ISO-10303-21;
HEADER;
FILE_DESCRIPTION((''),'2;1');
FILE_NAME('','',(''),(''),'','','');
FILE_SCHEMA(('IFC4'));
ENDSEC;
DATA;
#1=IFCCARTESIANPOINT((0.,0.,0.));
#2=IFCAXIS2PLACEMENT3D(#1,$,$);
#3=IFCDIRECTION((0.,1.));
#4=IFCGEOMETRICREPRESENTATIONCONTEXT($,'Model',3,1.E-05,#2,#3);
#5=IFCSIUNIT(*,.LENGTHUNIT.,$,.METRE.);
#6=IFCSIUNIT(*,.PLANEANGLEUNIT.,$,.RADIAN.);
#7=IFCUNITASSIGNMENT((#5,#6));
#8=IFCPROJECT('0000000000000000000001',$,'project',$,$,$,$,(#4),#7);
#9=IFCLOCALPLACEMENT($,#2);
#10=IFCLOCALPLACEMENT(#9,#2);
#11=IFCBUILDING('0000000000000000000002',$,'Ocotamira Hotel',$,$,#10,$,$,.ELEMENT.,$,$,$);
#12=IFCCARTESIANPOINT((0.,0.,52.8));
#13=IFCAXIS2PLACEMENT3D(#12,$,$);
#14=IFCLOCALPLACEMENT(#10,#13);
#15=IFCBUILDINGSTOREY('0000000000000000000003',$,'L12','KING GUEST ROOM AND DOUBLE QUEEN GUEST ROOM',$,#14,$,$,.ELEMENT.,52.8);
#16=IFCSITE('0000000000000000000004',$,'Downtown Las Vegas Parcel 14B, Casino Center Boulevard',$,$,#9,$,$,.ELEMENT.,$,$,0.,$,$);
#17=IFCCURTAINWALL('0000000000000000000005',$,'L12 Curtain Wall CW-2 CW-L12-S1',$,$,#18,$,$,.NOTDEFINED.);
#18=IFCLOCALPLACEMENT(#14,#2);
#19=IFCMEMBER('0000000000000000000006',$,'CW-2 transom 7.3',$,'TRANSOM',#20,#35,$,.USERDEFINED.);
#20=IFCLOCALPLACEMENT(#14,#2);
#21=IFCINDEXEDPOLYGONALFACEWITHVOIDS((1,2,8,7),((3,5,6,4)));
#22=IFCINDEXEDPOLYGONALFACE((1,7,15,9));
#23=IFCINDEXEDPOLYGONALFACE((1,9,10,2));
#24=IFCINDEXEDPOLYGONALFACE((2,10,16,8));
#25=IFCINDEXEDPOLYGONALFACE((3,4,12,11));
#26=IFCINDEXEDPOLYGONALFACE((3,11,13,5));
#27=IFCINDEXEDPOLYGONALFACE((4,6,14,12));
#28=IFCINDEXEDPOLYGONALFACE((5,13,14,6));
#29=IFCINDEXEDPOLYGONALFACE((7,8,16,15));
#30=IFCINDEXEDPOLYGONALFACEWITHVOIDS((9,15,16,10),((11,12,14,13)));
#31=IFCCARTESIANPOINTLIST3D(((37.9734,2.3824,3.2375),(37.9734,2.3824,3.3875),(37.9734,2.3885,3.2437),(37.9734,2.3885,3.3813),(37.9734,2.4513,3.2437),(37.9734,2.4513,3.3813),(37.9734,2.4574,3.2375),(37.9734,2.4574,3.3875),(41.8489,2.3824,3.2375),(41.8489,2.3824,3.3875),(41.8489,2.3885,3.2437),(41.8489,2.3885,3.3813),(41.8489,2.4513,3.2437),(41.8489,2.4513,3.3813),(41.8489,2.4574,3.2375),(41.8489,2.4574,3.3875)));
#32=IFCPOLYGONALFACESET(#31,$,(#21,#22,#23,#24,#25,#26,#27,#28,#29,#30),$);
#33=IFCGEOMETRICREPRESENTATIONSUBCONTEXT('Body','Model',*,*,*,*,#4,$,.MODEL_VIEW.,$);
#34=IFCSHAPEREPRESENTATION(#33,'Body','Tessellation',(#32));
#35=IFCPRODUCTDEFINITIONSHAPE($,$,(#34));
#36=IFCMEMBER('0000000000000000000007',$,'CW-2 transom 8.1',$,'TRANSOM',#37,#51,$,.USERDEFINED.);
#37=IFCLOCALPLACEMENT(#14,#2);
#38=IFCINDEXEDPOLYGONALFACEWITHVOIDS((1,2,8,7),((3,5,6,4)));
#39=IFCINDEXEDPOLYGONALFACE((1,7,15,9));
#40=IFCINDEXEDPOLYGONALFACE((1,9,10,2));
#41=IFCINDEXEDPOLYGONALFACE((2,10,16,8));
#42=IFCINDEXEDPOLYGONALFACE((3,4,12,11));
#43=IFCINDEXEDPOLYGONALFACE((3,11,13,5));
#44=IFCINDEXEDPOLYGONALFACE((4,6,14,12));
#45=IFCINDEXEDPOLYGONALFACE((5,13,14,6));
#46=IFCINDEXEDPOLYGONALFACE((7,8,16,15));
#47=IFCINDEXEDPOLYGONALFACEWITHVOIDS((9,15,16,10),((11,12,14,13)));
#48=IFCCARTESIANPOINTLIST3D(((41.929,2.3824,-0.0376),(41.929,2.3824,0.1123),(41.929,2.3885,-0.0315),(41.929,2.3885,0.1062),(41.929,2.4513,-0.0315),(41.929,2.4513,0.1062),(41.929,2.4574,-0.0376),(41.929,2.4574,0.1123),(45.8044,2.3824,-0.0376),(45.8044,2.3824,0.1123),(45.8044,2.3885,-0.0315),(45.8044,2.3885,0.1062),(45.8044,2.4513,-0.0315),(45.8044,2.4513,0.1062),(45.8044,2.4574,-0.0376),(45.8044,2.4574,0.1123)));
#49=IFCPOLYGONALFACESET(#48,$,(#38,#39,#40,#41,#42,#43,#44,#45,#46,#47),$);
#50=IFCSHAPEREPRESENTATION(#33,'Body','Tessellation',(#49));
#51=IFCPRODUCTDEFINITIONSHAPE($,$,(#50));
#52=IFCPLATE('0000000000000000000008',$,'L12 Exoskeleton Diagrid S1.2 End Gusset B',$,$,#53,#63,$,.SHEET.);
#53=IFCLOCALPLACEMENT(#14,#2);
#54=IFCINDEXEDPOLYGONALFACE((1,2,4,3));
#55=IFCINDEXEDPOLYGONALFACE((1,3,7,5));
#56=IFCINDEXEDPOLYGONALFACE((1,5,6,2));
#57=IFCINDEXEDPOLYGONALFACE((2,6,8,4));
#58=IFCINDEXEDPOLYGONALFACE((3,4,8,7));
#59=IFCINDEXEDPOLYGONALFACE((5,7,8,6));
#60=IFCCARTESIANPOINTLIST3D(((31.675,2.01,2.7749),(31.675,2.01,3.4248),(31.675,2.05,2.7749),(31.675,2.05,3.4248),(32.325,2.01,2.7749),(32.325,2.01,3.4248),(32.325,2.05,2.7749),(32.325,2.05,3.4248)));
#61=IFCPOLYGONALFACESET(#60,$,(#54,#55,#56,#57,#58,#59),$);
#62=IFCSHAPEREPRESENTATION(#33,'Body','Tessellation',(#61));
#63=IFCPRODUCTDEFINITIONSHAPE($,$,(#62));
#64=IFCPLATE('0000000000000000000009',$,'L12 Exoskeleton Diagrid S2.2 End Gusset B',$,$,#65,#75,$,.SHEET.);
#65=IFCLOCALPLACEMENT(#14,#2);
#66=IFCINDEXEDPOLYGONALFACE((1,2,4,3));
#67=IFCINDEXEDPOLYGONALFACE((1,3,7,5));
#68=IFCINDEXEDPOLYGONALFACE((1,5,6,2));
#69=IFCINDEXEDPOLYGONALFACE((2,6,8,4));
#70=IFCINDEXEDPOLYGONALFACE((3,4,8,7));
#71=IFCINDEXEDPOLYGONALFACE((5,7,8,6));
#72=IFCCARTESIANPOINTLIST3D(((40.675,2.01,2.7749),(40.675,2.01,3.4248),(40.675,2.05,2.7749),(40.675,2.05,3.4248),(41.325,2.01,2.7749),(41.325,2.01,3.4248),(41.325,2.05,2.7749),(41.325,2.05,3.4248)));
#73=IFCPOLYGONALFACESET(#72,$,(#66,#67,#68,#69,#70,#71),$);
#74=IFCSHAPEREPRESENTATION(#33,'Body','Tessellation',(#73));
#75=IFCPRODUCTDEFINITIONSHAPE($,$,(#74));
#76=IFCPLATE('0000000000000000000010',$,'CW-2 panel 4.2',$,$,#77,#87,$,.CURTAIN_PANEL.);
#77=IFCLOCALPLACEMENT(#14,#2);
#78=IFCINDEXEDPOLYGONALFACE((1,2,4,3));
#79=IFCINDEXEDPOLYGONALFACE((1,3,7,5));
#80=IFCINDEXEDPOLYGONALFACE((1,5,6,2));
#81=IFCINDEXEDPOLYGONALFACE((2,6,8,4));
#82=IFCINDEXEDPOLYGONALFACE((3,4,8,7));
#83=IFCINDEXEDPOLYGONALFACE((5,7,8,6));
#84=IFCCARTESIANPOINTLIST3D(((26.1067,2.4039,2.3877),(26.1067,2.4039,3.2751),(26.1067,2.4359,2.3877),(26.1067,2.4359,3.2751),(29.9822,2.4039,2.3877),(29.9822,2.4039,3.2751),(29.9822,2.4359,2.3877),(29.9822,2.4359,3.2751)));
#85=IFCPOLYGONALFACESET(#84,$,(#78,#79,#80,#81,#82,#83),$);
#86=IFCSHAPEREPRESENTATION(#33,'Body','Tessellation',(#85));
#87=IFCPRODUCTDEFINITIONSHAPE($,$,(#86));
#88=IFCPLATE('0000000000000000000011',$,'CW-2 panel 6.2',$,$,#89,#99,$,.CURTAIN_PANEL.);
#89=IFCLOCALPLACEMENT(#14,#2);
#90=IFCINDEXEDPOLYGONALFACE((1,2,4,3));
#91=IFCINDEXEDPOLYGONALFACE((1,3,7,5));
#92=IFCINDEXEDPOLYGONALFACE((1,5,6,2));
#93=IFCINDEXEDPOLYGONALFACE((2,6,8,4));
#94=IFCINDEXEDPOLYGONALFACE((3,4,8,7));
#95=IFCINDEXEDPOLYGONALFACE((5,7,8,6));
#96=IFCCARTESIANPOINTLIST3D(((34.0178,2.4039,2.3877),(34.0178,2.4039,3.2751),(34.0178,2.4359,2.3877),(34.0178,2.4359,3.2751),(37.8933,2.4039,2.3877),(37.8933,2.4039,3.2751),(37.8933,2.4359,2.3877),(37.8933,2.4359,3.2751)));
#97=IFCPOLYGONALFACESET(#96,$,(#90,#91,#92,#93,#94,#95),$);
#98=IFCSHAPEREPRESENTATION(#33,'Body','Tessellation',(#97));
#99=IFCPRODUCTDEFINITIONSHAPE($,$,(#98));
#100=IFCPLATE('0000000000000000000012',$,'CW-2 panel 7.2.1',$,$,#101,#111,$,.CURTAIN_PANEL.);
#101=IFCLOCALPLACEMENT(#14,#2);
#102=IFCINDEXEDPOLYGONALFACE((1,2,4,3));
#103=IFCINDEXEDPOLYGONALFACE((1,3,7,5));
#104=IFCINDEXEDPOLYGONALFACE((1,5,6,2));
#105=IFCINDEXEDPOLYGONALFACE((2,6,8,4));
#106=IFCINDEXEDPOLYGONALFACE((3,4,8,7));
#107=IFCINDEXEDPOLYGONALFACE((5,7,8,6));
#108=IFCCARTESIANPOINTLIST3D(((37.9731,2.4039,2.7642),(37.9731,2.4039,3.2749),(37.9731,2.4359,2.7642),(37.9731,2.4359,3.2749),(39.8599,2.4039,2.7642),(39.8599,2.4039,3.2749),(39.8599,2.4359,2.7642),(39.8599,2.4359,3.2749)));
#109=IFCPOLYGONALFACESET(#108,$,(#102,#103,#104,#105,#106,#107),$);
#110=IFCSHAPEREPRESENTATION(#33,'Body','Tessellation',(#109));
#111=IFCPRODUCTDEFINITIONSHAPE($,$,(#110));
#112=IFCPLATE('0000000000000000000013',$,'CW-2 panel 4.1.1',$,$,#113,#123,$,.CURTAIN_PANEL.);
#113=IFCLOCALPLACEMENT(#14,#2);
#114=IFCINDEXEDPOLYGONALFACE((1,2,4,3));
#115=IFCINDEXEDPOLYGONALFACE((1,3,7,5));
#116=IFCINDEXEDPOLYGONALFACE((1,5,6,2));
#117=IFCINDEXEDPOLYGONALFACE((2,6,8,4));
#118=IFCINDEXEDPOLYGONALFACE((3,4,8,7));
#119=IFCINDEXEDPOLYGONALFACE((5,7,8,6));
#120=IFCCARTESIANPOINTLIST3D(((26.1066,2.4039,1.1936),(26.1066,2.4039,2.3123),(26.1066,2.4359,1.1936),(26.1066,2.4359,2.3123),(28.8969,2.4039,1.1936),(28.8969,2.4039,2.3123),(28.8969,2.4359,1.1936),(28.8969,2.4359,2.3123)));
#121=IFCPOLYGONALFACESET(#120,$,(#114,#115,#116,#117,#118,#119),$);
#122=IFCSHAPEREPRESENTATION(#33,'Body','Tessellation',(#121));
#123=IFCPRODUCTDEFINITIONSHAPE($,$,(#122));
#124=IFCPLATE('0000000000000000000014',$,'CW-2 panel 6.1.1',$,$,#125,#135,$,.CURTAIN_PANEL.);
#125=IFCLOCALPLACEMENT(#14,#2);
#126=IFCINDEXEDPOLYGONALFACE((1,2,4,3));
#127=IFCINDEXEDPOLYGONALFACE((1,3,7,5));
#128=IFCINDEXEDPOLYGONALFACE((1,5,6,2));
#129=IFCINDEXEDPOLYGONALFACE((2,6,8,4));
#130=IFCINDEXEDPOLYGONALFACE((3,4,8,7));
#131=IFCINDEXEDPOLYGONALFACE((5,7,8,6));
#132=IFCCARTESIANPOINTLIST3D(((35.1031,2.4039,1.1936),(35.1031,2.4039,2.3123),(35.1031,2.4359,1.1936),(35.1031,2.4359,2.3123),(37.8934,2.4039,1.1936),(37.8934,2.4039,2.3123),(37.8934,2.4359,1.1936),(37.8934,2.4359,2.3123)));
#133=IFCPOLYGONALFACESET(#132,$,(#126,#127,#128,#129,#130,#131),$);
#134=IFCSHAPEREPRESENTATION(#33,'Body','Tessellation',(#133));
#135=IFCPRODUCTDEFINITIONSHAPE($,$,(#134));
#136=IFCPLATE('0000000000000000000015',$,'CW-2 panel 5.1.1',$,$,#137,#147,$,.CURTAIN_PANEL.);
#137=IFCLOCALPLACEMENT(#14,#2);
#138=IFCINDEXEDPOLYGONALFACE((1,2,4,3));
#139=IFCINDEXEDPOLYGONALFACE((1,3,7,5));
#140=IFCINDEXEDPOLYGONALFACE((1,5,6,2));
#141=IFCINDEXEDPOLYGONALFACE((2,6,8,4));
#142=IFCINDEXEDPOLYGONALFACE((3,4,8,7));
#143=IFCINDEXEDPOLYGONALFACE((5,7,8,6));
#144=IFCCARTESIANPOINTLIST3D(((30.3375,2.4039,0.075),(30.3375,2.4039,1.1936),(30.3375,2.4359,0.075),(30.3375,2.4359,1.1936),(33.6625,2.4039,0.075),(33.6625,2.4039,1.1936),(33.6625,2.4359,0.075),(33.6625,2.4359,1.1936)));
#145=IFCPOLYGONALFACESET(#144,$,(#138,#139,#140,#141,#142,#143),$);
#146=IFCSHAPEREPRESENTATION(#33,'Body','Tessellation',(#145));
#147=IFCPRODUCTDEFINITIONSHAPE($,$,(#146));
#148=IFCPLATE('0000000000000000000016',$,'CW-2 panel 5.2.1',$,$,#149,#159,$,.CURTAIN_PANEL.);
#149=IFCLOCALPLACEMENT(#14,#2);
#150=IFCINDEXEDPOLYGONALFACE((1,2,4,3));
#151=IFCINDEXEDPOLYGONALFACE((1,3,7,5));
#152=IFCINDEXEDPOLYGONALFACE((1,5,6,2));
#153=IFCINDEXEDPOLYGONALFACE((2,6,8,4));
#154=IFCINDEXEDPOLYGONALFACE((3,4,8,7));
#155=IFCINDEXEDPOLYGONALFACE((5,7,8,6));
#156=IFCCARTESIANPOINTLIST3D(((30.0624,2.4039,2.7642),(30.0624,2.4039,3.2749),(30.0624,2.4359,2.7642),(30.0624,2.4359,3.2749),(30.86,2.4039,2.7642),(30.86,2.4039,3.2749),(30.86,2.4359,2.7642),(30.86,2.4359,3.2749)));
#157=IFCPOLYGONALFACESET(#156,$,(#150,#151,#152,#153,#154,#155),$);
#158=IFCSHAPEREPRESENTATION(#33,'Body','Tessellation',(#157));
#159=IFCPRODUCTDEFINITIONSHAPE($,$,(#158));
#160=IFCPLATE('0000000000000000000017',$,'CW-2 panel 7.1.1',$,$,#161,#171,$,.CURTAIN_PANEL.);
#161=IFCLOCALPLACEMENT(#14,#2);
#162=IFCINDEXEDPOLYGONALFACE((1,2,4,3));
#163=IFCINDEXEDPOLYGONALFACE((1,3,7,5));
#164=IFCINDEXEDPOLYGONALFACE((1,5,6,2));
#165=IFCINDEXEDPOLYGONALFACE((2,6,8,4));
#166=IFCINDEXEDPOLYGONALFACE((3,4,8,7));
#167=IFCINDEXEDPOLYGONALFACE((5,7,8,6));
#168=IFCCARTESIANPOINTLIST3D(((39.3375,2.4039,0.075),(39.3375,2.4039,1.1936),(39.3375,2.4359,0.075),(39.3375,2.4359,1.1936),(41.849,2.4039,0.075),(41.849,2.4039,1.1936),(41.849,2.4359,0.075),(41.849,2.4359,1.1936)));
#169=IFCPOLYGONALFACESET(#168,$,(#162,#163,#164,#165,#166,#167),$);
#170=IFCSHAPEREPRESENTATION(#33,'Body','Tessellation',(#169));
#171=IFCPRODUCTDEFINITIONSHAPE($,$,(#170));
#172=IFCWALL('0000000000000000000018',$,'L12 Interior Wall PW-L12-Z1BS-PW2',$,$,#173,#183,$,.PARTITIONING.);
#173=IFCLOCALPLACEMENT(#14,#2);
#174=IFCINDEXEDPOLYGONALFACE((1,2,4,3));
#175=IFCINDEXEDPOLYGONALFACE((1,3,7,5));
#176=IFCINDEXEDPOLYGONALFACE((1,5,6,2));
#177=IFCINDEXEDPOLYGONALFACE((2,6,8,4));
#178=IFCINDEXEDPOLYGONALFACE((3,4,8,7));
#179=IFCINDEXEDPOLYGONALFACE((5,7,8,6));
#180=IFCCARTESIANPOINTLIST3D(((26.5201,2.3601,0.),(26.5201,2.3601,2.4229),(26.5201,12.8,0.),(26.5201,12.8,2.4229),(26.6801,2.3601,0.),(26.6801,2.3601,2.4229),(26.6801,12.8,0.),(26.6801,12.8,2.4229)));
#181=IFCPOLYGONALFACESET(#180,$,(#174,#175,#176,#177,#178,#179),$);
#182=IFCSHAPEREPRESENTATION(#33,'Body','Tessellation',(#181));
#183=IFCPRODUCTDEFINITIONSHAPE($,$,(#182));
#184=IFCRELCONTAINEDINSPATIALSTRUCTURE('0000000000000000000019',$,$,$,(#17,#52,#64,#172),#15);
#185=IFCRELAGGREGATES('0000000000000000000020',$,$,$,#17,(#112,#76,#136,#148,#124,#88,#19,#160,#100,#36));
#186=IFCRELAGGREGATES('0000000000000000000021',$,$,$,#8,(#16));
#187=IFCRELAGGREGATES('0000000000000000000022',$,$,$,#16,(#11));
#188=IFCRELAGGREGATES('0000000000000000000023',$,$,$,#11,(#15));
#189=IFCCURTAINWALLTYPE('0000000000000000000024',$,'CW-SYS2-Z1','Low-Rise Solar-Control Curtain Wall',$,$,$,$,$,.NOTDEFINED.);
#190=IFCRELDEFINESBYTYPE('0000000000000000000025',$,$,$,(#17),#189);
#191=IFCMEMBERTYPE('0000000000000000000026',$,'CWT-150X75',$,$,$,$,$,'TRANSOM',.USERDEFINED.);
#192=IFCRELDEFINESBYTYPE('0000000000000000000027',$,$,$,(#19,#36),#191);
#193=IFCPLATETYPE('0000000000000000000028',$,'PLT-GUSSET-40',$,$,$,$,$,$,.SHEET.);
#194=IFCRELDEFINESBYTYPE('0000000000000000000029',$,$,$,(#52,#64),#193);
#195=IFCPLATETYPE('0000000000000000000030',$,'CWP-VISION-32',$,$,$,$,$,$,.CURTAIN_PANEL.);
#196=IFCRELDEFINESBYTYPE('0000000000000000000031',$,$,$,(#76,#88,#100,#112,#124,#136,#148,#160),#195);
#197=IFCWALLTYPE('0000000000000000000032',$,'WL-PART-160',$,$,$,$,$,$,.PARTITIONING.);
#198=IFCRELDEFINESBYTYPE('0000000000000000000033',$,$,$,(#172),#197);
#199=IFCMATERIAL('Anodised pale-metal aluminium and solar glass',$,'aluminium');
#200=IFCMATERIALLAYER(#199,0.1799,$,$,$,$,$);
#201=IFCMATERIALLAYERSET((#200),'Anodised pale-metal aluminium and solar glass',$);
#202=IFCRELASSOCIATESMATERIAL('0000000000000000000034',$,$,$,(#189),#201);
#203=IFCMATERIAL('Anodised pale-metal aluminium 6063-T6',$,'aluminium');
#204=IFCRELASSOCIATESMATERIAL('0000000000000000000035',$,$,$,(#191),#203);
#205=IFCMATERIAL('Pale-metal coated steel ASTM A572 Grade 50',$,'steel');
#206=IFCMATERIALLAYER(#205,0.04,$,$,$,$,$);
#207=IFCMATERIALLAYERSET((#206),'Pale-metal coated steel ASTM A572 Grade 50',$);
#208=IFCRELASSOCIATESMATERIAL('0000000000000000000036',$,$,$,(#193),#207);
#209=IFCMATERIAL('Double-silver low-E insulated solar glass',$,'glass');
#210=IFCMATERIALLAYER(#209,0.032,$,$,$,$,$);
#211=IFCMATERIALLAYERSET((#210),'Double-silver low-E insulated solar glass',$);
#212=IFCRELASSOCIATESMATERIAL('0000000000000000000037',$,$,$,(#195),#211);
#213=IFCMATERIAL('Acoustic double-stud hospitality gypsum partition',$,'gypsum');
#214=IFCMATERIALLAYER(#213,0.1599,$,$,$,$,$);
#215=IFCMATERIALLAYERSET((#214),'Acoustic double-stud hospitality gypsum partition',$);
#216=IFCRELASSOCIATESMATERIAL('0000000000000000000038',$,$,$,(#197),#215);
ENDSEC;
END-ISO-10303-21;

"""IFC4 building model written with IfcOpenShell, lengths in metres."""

from ifc_helpers import new_model, si_unit, direction, frame, frame_2d, origin, origin_2d, place, context, subcontext, project, spatial, rectangle, hollow_rectangle, extrude, source, transform, mapped, material, layer, layer_set, material_profile, profile_set, type_object, element, aggregate, save


model = new_model("IFC4")

# Units and contexts
model_context = context("Model", 3, precision=1e-05, world=origin(), true_north=direction((0.0, 1.0)))
body_context = subcontext(model_context, "Body", "Model", "MODEL_VIEW")
ifc_project = project(units=[si_unit("LENGTHUNIT", "METRE"), si_unit("PLANEANGLEUNIT", "RADIAN")], contexts=[model_context])

# Site, building, storey
site_placement = place(None, origin())
site = spatial("IfcSite", under=ifc_project, at=site_placement, Name="Downtown Las Vegas Parcel 14B, Casino Center Boulevard", CompositionType="ELEMENT", RefElevation=0.0)
building_placement = place(site_placement, origin())
building = spatial("IfcBuilding", under=site, at=building_placement, Name="Ocotamira Hotel", CompositionType="ELEMENT")
storey_placement = place(building_placement, frame((0.0, 0.0, 52.8)))
storey = spatial("IfcBuildingStorey", under=building, at=storey_placement, Name="L12", Description="KING GUEST ROOM AND DOUBLE QUEEN GUEST ROOM", CompositionType="ELEMENT", Elevation=52.8)

# Curtain wall, members
ifc_material_1 = material(Name="Anodised pale-metal aluminium and solar glass", Category="aluminium")
ifc_layer_1 = layer(ifc_material_1, 0.1799)
ifc_layer_set_1 = layer_set([ifc_layer_1], Name="Anodised pale-metal aluminium and solar glass")
curtain_wall_type = type_object("IfcCurtainWallType", Name="CW-SYS2-Z1", Description="Low-Rise Solar-Control Curtain Wall", PredefinedType="NOTDEFINED", material=ifc_layer_set_1)
curtain_wall_placement = place(storey_placement, origin())
curtain_wall = element("IfcCurtainWall", 1, at=curtain_wall_placement, inside=storey, type_object=curtain_wall_type, Name="L12 Curtain Wall CW-2 CW-L12-S1", PredefinedType="NOTDEFINED")
ifc_material_2 = material(Name="Anodised pale-metal aluminium 6063-T6", Category="aluminium")
ifc_material_profile_1 = material_profile(ifc_material_2, hollow_rectangle(XDim=0.075, YDim=0.1499, WallThickness=0.0061, at=origin_2d()), Name="HSS150X75X6")
ifc_profile_set_1 = profile_set([ifc_material_profile_1], Name="Anodised pale-metal aluminium 6063-T6")
member_type_1 = type_object("IfcMemberType", Name="CWT-150X75", ElementType="TRANSOM", PredefinedType="USERDEFINED", material=ifc_profile_set_1)
shared_shape_1 = source(origin(), body_context, "Body", "SweptSolid", [
    extrude(hollow_rectangle(XDim=0.075, YDim=0.1499, WallThickness=0.0061, at=origin_2d()), origin(), (0.0, 0.0, 1.0), 3.8755),
])
member_1_placement = place(storey_placement, frame((37.9734, 2.4199, 3.3125), z_axis=(1.0, 0.0, 0.0), x_axis=(0.0, 1.0, 0.0)))
member_1 = element("IfcMember", 2, at=member_1_placement, type_object=member_type_1, Name="CW-2 transom 7.3", ObjectType="TRANSOM", PredefinedType="USERDEFINED", context=body_context, shape_type="MappedRepresentation", body=[
    mapped(shared_shape_1, transform((0.0, 0.0, 0.0), scale=1.0)),
])
member_2_placement = place(storey_placement, frame((41.929, 2.4199, 0.0374), z_axis=(1.0, 0.0, 0.0), x_axis=(0.0, 1.0, 0.0)))
member_2 = element("IfcMember", 3, at=member_2_placement, type_object=member_type_1, Name="CW-2 transom 8.1", ObjectType="TRANSOM", PredefinedType="USERDEFINED", context=body_context, shape_type="MappedRepresentation", body=[
    mapped(shared_shape_1, transform((0.0, 0.0, 0.0), scale=1.0)),
])

# Plates
ifc_material_3 = material(Name="Pale-metal coated steel ASTM A572 Grade 50", Category="steel")
ifc_layer_2 = layer(ifc_material_3, 0.04)
ifc_layer_set_2 = layer_set([ifc_layer_2], Name="Pale-metal coated steel ASTM A572 Grade 50")
plate_type_1 = type_object("IfcPlateType", Name="PLT-GUSSET-40", PredefinedType="SHEET", material=ifc_layer_set_2)
shared_shape_2 = source(origin(), body_context, "Body", "SweptSolid", [
    extrude(rectangle(XDim=0.6499, YDim=0.04, at=origin_2d()), origin(), (0.0, 0.0, 1.0), 0.6499),
])
for number, where, z_axis, x_axis, name in (
    (4, (32.0, 2.03, 2.7749), (0.0, 0.0, 1.0), (1.0, 0.0, 0.0), "L12 Exoskeleton Diagrid S1.2 End Gusset B"),
    (5, (41.0, 2.03, 2.7749), (0.0, 0.0, 1.0), (1.0, 0.0, 0.0), "L12 Exoskeleton Diagrid S2.2 End Gusset B"),
):
    element("IfcPlate", number, at=place(storey_placement, frame(where, z_axis=z_axis, x_axis=x_axis)), inside=storey, type_object=plate_type_1, Name=name, PredefinedType="SHEET", context=body_context, shape_type="MappedRepresentation", body=[
        mapped(shared_shape_2, transform((0.0, 0.0, 0.0), scale=1.0)),
    ])

# Plates
ifc_material_4 = material(Name="Double-silver low-E insulated solar glass", Category="glass")
ifc_layer_3 = layer(ifc_material_4, 0.032)
ifc_layer_set_3 = layer_set([ifc_layer_3], Name="Double-silver low-E insulated solar glass")
plate_type_2 = type_object("IfcPlateType", Name="CWP-VISION-32", PredefinedType="CURTAIN_PANEL", material=ifc_layer_set_3)
shared_shape_3 = source(origin(), body_context, "Body", "SweptSolid", [
    extrude(rectangle(XDim=3.8755, YDim=0.032, at=origin_2d()), origin(), (0.0, 0.0, 1.0), 0.8875),
])
plate_1_placement = place(storey_placement, frame((28.0444, 2.4199, 2.3877), z_axis=(0.0, 0.0, 1.0), x_axis=(1.0, 0.0, 0.0)))
plate_1 = element("IfcPlate", 6, at=plate_1_placement, type_object=plate_type_2, Name="CW-2 panel 4.2", PredefinedType="CURTAIN_PANEL", context=body_context, shape_type="MappedRepresentation", body=[
    mapped(shared_shape_3, transform((0.0, 0.0, 0.0), scale=1.0)),
])
plate_2_placement = place(storey_placement, frame((35.9556, 2.4199, 2.3877), z_axis=(0.0, 0.0, 1.0), x_axis=(1.0, 0.0, 0.0)))
plate_2 = element("IfcPlate", 7, at=plate_2_placement, type_object=plate_type_2, Name="CW-2 panel 6.2", PredefinedType="CURTAIN_PANEL", context=body_context, shape_type="MappedRepresentation", body=[
    mapped(shared_shape_3, transform((0.0, 0.0, 0.0), scale=1.0)),
])
shared_shape_4 = source(origin(), body_context, "Body", "SweptSolid", [
    extrude(rectangle(XDim=1.8867, YDim=0.032, at=origin_2d()), origin(), (0.0, 0.0, 1.0), 0.5107),
])
plate_3_placement = place(storey_placement, frame((38.9165, 2.4199, 2.7642), z_axis=(0.0, 0.0, 1.0), x_axis=(1.0, 0.0, 0.0)))
plate_3 = element("IfcPlate", 8, at=plate_3_placement, type_object=plate_type_2, Name="CW-2 panel 7.2.1", PredefinedType="CURTAIN_PANEL", context=body_context, shape_type="MappedRepresentation", body=[
    mapped(shared_shape_4, transform((0.0, 0.0, 0.0), scale=1.0)),
])
shared_shape_5 = source(origin(), body_context, "Body", "SweptSolid", [
    extrude(rectangle(XDim=2.7903, YDim=0.032, at=origin_2d()), origin(), (0.0, 0.0, 1.0), 1.1187),
])
plate_4_placement = place(storey_placement, frame((27.5017, 2.4199, 1.1936), z_axis=(0.0, 0.0, 1.0), x_axis=(1.0, 0.0, 0.0)))
plate_4 = element("IfcPlate", 9, at=plate_4_placement, type_object=plate_type_2, Name="CW-2 panel 4.1.1", PredefinedType="CURTAIN_PANEL", context=body_context, shape_type="MappedRepresentation", body=[
    mapped(shared_shape_5, transform((0.0, 0.0, 0.0), scale=1.0)),
])
plate_5_placement = place(storey_placement, frame((36.4983, 2.4199, 1.1936), z_axis=(0.0, 0.0, 1.0), x_axis=(1.0, 0.0, 0.0)))
plate_5 = element("IfcPlate", 10, at=plate_5_placement, type_object=plate_type_2, Name="CW-2 panel 6.1.1", PredefinedType="CURTAIN_PANEL", context=body_context, shape_type="MappedRepresentation", body=[
    mapped(shared_shape_5, transform((0.0, 0.0, 0.0), scale=1.0)),
])
shared_shape_6 = source(origin(), body_context, "Body", "SweptSolid", [
    extrude(rectangle(XDim=3.325, YDim=0.032, at=origin_2d()), origin(), (0.0, 0.0, 1.0), 1.1187),
])
plate_6_placement = place(storey_placement, frame((32.0, 2.4199, 0.075), z_axis=(0.0, 0.0, 1.0), x_axis=(1.0, 0.0, 0.0)))
plate_6 = element("IfcPlate", 11, at=plate_6_placement, type_object=plate_type_2, Name="CW-2 panel 5.1.1", PredefinedType="CURTAIN_PANEL", context=body_context, shape_type="MappedRepresentation", body=[
    mapped(shared_shape_6, transform((0.0, 0.0, 0.0), scale=1.0)),
])
shared_shape_7 = source(origin(), body_context, "Body", "SweptSolid", [
    extrude(rectangle(XDim=0.7976, YDim=0.032, at=origin_2d()), origin(), (0.0, 0.0, 1.0), 0.5107),
])
plate_7_placement = place(storey_placement, frame((30.4612, 2.4199, 2.7642), z_axis=(0.0, 0.0, 1.0), x_axis=(1.0, 0.0, 0.0)))
plate_7 = element("IfcPlate", 12, at=plate_7_placement, type_object=plate_type_2, Name="CW-2 panel 5.2.1", PredefinedType="CURTAIN_PANEL", context=body_context, shape_type="MappedRepresentation", body=[
    mapped(shared_shape_7, transform((0.0, 0.0, 0.0), scale=1.0)),
])
shared_shape_8 = source(origin(), body_context, "Body", "SweptSolid", [
    extrude(rectangle(XDim=2.5115, YDim=0.032, at=origin_2d()), origin(), (0.0, 0.0, 1.0), 1.1187),
])
plate_8_placement = place(storey_placement, frame((40.5933, 2.4199, 0.075), z_axis=(0.0, 0.0, 1.0), x_axis=(1.0, 0.0, 0.0)))
plate_8 = element("IfcPlate", 13, at=plate_8_placement, type_object=plate_type_2, Name="CW-2 panel 7.1.1", PredefinedType="CURTAIN_PANEL", context=body_context, shape_type="MappedRepresentation", body=[
    mapped(shared_shape_8, transform((0.0, 0.0, 0.0), scale=1.0)),
])
aggregate(curtain_wall, [plate_4, plate_1, plate_6, plate_7, plate_5, plate_2, member_1, plate_8, plate_3, member_2])

# Wall
ifc_material_5 = material(Name="Acoustic double-stud hospitality gypsum partition", Category="gypsum")
ifc_layer_4 = layer(ifc_material_5, 0.1599)
ifc_layer_set_4 = layer_set([ifc_layer_4], Name="Acoustic double-stud hospitality gypsum partition")
wall_type_1 = type_object("IfcWallType", Name="WL-PART-160", PredefinedType="PARTITIONING", material=ifc_layer_set_4)
for number, where, z_axis, x_axis, name in (
    (14, (26.6001, 2.3601, 0.0), (0.0, 0.0, 1.0), (0.0, 1.0, 0.0), "L12 Interior Wall PW-L12-Z1BS-PW2"),
):
    element("IfcWall", number, at=place(storey_placement, frame(where, z_axis=z_axis, x_axis=x_axis)), inside=storey, type_object=wall_type_1, Name=name, PredefinedType="PARTITIONING", context=body_context, shape_type="SweptSolid", body=[
        extrude(rectangle(XDim=10.4399, YDim=0.1599, at=frame_2d((5.22, 0.0))), origin(), (0.0, 0.0, 1.0), 2.4229),
    ])

save(model, "model.ifc")
